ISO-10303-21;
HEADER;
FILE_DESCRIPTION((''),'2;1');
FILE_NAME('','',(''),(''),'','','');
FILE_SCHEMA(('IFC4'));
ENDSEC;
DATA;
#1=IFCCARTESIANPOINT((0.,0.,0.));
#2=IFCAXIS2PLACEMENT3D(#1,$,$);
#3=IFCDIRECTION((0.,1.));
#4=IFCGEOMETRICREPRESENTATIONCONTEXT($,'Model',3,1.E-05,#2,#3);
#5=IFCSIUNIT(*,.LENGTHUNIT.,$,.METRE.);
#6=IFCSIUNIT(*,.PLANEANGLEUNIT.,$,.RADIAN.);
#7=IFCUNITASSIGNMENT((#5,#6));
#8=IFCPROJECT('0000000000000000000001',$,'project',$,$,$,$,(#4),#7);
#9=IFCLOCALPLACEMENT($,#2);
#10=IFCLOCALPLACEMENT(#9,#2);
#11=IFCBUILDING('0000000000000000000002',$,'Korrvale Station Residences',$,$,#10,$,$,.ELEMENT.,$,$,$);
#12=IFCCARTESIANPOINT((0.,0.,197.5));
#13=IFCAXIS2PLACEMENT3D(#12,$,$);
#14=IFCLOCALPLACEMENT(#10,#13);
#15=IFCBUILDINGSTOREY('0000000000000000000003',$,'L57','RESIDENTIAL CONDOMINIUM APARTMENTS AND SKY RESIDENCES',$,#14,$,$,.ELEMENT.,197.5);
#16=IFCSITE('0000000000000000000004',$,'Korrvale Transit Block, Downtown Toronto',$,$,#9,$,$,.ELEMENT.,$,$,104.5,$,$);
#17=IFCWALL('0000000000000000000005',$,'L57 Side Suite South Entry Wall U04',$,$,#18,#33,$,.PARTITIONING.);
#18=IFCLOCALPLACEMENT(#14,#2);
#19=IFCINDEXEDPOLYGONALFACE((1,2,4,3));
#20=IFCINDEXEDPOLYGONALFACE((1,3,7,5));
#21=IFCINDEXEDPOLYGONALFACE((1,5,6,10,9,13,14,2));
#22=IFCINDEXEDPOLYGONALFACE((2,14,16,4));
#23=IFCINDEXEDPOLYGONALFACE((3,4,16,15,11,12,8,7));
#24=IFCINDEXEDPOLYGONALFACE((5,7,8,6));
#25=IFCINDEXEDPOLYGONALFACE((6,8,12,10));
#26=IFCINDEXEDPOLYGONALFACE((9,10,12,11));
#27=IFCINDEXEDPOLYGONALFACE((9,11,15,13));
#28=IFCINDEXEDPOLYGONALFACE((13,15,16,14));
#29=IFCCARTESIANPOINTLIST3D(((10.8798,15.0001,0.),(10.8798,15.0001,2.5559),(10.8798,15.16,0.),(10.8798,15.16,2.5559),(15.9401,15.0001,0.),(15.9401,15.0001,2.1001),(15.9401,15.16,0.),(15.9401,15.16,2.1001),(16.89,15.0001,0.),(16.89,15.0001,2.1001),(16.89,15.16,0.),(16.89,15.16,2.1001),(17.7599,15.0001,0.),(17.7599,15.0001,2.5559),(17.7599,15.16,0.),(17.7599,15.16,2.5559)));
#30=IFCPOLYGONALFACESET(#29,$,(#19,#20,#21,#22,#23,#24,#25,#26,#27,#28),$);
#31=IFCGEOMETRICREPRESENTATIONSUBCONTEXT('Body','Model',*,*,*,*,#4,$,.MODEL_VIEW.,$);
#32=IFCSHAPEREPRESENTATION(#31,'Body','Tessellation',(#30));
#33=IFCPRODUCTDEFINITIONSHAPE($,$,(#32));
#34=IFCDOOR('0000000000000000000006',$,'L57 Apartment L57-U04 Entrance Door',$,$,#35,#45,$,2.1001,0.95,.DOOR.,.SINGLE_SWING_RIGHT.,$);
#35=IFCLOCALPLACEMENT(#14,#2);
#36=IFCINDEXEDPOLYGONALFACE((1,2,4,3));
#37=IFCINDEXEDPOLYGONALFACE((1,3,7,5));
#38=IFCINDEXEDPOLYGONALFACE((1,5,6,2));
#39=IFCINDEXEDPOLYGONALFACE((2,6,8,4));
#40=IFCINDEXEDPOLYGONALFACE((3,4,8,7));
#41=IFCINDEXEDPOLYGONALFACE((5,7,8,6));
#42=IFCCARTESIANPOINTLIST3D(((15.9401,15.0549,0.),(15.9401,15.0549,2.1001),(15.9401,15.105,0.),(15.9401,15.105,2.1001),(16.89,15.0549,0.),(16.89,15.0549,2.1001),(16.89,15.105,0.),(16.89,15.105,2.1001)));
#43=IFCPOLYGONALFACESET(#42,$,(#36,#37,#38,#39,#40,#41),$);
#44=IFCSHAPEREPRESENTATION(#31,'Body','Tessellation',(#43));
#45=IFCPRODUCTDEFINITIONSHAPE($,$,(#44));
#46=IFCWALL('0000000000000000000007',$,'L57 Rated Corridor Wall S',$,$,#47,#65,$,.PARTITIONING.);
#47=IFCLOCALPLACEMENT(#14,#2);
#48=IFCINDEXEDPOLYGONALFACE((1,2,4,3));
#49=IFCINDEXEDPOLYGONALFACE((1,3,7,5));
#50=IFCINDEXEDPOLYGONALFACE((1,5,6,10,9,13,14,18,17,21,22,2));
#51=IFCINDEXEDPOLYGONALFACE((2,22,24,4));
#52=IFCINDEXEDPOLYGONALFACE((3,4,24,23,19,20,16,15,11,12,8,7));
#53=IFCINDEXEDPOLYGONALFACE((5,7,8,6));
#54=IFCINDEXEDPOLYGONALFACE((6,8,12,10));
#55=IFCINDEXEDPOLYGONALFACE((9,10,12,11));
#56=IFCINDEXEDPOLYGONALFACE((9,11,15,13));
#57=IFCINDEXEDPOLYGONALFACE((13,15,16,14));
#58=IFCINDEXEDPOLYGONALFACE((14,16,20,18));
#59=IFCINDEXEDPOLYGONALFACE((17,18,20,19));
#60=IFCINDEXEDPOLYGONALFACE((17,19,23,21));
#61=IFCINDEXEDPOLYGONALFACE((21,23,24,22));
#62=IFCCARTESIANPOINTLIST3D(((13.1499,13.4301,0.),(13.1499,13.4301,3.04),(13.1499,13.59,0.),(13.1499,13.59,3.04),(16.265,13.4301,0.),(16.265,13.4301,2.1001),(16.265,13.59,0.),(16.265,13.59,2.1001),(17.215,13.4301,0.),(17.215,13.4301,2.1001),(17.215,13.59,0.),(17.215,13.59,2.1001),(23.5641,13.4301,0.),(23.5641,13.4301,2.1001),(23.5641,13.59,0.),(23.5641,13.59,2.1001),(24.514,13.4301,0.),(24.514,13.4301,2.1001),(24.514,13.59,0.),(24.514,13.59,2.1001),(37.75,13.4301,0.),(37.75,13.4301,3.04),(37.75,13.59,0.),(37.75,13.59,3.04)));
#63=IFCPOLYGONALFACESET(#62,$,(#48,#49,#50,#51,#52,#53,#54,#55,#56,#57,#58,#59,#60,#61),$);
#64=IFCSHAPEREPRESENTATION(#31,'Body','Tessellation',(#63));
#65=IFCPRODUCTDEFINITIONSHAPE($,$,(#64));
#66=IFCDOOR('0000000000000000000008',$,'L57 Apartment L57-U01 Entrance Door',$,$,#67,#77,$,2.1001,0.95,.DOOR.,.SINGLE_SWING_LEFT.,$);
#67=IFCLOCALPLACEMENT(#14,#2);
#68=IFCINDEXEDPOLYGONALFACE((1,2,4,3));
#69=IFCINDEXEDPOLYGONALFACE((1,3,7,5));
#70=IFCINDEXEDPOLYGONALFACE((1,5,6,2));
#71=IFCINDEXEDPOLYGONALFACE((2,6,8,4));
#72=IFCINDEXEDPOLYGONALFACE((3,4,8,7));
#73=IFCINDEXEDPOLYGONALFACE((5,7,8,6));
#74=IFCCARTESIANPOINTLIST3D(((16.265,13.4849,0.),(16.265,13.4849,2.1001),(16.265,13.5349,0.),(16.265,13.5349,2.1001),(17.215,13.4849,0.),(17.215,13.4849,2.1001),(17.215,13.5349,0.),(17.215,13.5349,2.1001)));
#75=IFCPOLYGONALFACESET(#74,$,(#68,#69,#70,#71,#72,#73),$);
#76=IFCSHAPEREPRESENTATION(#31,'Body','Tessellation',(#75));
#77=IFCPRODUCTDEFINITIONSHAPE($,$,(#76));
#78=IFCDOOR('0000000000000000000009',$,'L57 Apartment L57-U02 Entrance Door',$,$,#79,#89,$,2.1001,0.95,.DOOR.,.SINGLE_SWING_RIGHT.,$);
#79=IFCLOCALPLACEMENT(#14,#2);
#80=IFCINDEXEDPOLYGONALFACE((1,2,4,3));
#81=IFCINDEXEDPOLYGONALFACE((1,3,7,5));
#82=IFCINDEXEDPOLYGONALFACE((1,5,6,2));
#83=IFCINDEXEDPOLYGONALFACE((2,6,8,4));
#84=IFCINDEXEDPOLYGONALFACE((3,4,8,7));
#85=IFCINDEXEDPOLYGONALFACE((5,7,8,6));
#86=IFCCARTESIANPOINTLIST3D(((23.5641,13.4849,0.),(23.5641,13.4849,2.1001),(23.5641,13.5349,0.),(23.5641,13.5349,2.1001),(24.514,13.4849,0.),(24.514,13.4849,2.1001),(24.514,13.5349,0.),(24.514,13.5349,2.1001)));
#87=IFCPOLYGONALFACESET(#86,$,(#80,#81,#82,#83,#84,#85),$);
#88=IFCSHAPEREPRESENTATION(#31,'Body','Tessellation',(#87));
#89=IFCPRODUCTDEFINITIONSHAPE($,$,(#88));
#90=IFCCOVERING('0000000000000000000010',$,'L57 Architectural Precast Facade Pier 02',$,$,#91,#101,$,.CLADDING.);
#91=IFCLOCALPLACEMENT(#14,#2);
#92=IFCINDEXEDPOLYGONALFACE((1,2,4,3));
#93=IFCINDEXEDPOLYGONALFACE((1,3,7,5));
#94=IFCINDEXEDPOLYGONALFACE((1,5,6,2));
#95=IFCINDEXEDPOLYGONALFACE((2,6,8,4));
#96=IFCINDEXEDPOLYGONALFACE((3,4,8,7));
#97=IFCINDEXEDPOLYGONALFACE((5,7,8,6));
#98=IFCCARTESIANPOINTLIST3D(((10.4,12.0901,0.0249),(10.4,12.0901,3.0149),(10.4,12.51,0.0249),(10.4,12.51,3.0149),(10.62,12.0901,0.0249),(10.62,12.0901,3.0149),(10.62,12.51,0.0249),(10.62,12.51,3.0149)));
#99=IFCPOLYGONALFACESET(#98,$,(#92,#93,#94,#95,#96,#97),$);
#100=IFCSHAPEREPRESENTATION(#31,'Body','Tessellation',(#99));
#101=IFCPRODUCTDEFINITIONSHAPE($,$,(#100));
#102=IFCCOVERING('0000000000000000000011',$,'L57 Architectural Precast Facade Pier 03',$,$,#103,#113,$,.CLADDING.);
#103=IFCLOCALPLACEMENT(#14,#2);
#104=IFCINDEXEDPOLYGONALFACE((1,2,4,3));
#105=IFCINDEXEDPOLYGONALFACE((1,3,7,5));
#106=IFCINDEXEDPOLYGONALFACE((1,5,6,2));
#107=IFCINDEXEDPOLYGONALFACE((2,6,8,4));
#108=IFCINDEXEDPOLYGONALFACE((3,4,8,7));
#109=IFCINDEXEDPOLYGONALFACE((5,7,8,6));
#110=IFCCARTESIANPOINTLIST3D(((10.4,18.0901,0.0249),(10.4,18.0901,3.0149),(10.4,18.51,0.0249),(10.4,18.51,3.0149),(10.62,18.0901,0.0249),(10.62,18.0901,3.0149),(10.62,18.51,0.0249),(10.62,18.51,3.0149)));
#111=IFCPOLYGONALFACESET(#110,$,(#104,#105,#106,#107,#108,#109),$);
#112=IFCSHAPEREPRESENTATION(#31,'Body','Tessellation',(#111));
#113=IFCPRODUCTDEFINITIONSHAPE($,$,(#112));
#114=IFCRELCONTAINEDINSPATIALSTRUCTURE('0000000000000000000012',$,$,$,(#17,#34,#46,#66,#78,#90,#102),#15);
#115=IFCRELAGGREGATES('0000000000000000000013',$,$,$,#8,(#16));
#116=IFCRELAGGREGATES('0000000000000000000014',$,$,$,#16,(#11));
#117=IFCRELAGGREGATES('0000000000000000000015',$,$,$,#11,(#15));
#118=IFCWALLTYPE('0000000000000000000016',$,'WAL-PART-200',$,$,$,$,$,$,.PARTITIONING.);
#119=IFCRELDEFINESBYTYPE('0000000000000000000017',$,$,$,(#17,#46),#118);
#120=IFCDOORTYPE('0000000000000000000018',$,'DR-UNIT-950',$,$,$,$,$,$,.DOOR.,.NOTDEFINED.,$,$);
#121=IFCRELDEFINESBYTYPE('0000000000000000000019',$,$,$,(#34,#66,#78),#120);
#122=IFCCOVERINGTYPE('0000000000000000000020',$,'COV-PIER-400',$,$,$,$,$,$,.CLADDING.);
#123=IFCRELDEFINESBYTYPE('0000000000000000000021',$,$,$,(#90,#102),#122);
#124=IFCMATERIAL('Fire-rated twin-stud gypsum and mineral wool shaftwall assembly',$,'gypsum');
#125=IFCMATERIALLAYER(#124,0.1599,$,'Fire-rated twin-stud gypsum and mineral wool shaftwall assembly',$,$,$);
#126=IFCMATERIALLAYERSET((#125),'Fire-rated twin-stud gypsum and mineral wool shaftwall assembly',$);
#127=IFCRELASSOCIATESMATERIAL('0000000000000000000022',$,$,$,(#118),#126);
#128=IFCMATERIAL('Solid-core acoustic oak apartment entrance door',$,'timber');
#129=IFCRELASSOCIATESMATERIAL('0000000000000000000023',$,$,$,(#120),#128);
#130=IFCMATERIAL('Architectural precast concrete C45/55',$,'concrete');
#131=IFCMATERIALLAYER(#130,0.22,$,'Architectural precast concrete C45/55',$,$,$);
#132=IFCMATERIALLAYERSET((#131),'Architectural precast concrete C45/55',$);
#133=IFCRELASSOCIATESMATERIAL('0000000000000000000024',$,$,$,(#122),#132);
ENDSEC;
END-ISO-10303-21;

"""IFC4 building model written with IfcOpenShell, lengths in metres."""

from ifc_helpers import new_model, si_unit, direction, frame, frame_2d, origin, origin_2d, place, context, subcontext, project, spatial, rectangle, extrude, material, layer, layer_set, type_object, element, fill, save


model = new_model("IFC4")

# Units and contexts
model_context = context("Model", 3, precision=1e-05, world=origin(), true_north=direction((0.0, 1.0)))
body_context = subcontext(model_context, "Body", "Model", "MODEL_VIEW")
ifc_project = project(units=[si_unit("LENGTHUNIT", "METRE"), si_unit("PLANEANGLEUNIT", "RADIAN")], contexts=[model_context])

# Site, building, storey
site_placement = place(None, origin())
site = spatial("IfcSite", under=ifc_project, at=site_placement, Name="Korrvale Transit Block, Downtown Toronto", CompositionType="ELEMENT", RefElevation=104.5)
building_placement = place(site_placement, origin())
building = spatial("IfcBuilding", under=site, at=building_placement, Name="Korrvale Station Residences", CompositionType="ELEMENT")
storey_placement = place(building_placement, frame((0.0, 0.0, 197.5)))
storey = spatial("IfcBuildingStorey", under=building, at=storey_placement, Name="L57", Description="RESIDENTIAL CONDOMINIUM APARTMENTS AND SKY RESIDENCES", CompositionType="ELEMENT", Elevation=197.5)

# Shared definitions
ifc_material_1 = material(Name="Fire-rated twin-stud gypsum and mineral wool shaftwall assembly", Category="gypsum")
ifc_layer_1 = layer(ifc_material_1, 0.1599, Name="Fire-rated twin-stud gypsum and mineral wool shaftwall assembly")
ifc_layer_set_1 = layer_set([ifc_layer_1], Name="Fire-rated twin-stud gypsum and mineral wool shaftwall assembly")
wall_type_1 = type_object("IfcWallType", Name="WAL-PART-200", PredefinedType="PARTITIONING", material=ifc_layer_set_1)

# Wall, opening, door
wall_1_placement = place(storey_placement, frame((10.8799, 15.0801, 0.0), z_axis=(0.0, 0.0, 1.0), x_axis=(1.0, 0.0, 0.0)))
wall_1 = element("IfcWall", 1, at=wall_1_placement, inside=storey, type_object=wall_type_1, Name="L57 Side Suite South Entry Wall U04", PredefinedType="PARTITIONING", context=body_context, shape_type="SweptSolid", body=[
    extrude(rectangle(XDim=6.8801, YDim=0.1599, at=frame_2d((3.4399, 0.0))), origin(), (0.0, 0.0, 1.0), 2.5559),
])
opening_1_placement = place(wall_1_placement, frame((5.0601, 0.0, 0.0)))
opening_1 = element("IfcOpeningElement", 2, at=opening_1_placement, cuts=wall_1, PredefinedType="OPENING", context=body_context, shape_type="SweptSolid", body=[
    extrude(rectangle(XDim=0.95, YDim=2.1001, at=frame_2d((0.4751, 1.05))), frame((0.0, 0.0898, 0.0), z_axis=(0.0, -1.0, 0.0), x_axis=(1.0, 0.0, 0.0)), (0.0, 0.0, 1.0), 0.1799),
])
ifc_material_2 = material(Name="Solid-core acoustic oak apartment entrance door", Category="timber")
door_type_1 = type_object("IfcDoorType", Name="DR-UNIT-950", OperationType="NOTDEFINED", PredefinedType="DOOR", material=ifc_material_2)
door_1_placement = place(opening_1_placement, origin())
door_1 = element("IfcDoor", 3, at=door_1_placement, inside=storey, type_object=door_type_1, Name="L57 Apartment L57-U04 Entrance Door", OperationType="SINGLE_SWING_RIGHT", OverallHeight=2.1001, OverallWidth=0.95, PredefinedType="DOOR", context=body_context, shape_type="SweptSolid", body=[
    extrude(rectangle(XDim=0.95, YDim=2.1001, at=frame_2d((0.4751, 1.05))), frame((0.0, 0.0249, 0.0), z_axis=(0.0, -1.0, 0.0), x_axis=(1.0, 0.0, 0.0)), (0.0, 0.0, 1.0), 0.05),
])
fill(opening_1, door_1)

# Wall, openings, doors
wall_2_placement = place(storey_placement, frame((13.1499, 13.51, 0.0), z_axis=(0.0, 0.0, 1.0), x_axis=(1.0, 0.0, 0.0)))
wall_2 = element("IfcWall", 4, at=wall_2_placement, inside=storey, type_object=wall_type_1, Name="L57 Rated Corridor Wall S", PredefinedType="PARTITIONING", context=body_context, shape_type="SweptSolid", body=[
    extrude(rectangle(XDim=24.6001, YDim=0.1599, at=frame_2d((12.3, 0.0))), origin(), (0.0, 0.0, 1.0), 3.04),
])
opening_2_placement = place(wall_2_placement, frame((3.115, 0.0, 0.0)))
opening_2 = element("IfcOpeningElement", 5, at=opening_2_placement, cuts=wall_2, PredefinedType="OPENING", context=body_context, shape_type="SweptSolid", body=[
    extrude(rectangle(XDim=0.95, YDim=2.1001, at=frame_2d((0.4751, 1.05))), frame((0.0, 0.0898, 0.0), z_axis=(0.0, -1.0, 0.0), x_axis=(1.0, 0.0, 0.0)), (0.0, 0.0, 1.0), 0.1799),
])
opening_3_placement = place(wall_2_placement, frame((10.4141, 0.0, 0.0)))
opening_3 = element("IfcOpeningElement", 6, at=opening_3_placement, cuts=wall_2, PredefinedType="OPENING", context=body_context, shape_type="SweptSolid", body=[
    extrude(rectangle(XDim=0.95, YDim=2.1001, at=frame_2d((0.4751, 1.05))), frame((0.0, 0.0898, 0.0), z_axis=(0.0, -1.0, 0.0), x_axis=(1.0, 0.0, 0.0)), (0.0, 0.0, 1.0), 0.1799),
])
door_2_placement = place(opening_2_placement, origin())
door_2 = element("IfcDoor", 7, at=door_2_placement, inside=storey, type_object=door_type_1, Name="L57 Apartment L57-U01 Entrance Door", OperationType="SINGLE_SWING_LEFT", OverallHeight=2.1001, OverallWidth=0.95, PredefinedType="DOOR", context=body_context, shape_type="SweptSolid", body=[
    extrude(rectangle(XDim=0.95, YDim=2.1001, at=frame_2d((0.4751, 1.05))), frame((0.0, 0.0249, 0.0), z_axis=(0.0, -1.0, 0.0), x_axis=(1.0, 0.0, 0.0)), (0.0, 0.0, 1.0), 0.05),
])
fill(opening_2, door_2)
door_3_placement = place(opening_3_placement, origin())
door_3 = element("IfcDoor", 8, at=door_3_placement, inside=storey, type_object=door_type_1, Name="L57 Apartment L57-U02 Entrance Door", OperationType="SINGLE_SWING_RIGHT", OverallHeight=2.1001, OverallWidth=0.95, PredefinedType="DOOR", context=body_context, shape_type="SweptSolid", body=[
    extrude(rectangle(XDim=0.95, YDim=2.1001, at=frame_2d((0.4751, 1.05))), frame((0.0, 0.0249, 0.0), z_axis=(0.0, -1.0, 0.0), x_axis=(1.0, 0.0, 0.0)), (0.0, 0.0, 1.0), 0.05),
])
fill(opening_3, door_3)

# Coverings
ifc_material_3 = material(Name="Architectural precast concrete C45/55", Category="concrete")
ifc_layer_2 = layer(ifc_material_3, 0.22, Name="Architectural precast concrete C45/55")
ifc_layer_set_2 = layer_set([ifc_layer_2], Name="Architectural precast concrete C45/55")
covering_type = type_object("IfcCoveringType", Name="COV-PIER-400", PredefinedType="CLADDING", material=ifc_layer_set_2)
for number, where, z_axis, x_axis, name in (
    (9, (10.51, 12.3, 0.0249), (0.0, 0.0, 1.0), (0.0, 1.0, 0.0), "L57 Architectural Precast Facade Pier 02"),
    (10, (10.51, 18.3, 0.0249), (0.0, 0.0, 1.0), (0.0, 1.0, 0.0), "L57 Architectural Precast Facade Pier 03"),
):
    element("IfcCovering", number, at=place(storey_placement, frame(where, z_axis=z_axis, x_axis=x_axis)), inside=storey, type_object=covering_type, Name=name, PredefinedType="CLADDING", context=body_context, shape_type="SweptSolid", body=[
        extrude(rectangle(XDim=0.4199, YDim=0.22, at=origin_2d()), origin(), (0.0, 0.0, 1.0), 2.99),
    ])

save(model, "model.ifc")
